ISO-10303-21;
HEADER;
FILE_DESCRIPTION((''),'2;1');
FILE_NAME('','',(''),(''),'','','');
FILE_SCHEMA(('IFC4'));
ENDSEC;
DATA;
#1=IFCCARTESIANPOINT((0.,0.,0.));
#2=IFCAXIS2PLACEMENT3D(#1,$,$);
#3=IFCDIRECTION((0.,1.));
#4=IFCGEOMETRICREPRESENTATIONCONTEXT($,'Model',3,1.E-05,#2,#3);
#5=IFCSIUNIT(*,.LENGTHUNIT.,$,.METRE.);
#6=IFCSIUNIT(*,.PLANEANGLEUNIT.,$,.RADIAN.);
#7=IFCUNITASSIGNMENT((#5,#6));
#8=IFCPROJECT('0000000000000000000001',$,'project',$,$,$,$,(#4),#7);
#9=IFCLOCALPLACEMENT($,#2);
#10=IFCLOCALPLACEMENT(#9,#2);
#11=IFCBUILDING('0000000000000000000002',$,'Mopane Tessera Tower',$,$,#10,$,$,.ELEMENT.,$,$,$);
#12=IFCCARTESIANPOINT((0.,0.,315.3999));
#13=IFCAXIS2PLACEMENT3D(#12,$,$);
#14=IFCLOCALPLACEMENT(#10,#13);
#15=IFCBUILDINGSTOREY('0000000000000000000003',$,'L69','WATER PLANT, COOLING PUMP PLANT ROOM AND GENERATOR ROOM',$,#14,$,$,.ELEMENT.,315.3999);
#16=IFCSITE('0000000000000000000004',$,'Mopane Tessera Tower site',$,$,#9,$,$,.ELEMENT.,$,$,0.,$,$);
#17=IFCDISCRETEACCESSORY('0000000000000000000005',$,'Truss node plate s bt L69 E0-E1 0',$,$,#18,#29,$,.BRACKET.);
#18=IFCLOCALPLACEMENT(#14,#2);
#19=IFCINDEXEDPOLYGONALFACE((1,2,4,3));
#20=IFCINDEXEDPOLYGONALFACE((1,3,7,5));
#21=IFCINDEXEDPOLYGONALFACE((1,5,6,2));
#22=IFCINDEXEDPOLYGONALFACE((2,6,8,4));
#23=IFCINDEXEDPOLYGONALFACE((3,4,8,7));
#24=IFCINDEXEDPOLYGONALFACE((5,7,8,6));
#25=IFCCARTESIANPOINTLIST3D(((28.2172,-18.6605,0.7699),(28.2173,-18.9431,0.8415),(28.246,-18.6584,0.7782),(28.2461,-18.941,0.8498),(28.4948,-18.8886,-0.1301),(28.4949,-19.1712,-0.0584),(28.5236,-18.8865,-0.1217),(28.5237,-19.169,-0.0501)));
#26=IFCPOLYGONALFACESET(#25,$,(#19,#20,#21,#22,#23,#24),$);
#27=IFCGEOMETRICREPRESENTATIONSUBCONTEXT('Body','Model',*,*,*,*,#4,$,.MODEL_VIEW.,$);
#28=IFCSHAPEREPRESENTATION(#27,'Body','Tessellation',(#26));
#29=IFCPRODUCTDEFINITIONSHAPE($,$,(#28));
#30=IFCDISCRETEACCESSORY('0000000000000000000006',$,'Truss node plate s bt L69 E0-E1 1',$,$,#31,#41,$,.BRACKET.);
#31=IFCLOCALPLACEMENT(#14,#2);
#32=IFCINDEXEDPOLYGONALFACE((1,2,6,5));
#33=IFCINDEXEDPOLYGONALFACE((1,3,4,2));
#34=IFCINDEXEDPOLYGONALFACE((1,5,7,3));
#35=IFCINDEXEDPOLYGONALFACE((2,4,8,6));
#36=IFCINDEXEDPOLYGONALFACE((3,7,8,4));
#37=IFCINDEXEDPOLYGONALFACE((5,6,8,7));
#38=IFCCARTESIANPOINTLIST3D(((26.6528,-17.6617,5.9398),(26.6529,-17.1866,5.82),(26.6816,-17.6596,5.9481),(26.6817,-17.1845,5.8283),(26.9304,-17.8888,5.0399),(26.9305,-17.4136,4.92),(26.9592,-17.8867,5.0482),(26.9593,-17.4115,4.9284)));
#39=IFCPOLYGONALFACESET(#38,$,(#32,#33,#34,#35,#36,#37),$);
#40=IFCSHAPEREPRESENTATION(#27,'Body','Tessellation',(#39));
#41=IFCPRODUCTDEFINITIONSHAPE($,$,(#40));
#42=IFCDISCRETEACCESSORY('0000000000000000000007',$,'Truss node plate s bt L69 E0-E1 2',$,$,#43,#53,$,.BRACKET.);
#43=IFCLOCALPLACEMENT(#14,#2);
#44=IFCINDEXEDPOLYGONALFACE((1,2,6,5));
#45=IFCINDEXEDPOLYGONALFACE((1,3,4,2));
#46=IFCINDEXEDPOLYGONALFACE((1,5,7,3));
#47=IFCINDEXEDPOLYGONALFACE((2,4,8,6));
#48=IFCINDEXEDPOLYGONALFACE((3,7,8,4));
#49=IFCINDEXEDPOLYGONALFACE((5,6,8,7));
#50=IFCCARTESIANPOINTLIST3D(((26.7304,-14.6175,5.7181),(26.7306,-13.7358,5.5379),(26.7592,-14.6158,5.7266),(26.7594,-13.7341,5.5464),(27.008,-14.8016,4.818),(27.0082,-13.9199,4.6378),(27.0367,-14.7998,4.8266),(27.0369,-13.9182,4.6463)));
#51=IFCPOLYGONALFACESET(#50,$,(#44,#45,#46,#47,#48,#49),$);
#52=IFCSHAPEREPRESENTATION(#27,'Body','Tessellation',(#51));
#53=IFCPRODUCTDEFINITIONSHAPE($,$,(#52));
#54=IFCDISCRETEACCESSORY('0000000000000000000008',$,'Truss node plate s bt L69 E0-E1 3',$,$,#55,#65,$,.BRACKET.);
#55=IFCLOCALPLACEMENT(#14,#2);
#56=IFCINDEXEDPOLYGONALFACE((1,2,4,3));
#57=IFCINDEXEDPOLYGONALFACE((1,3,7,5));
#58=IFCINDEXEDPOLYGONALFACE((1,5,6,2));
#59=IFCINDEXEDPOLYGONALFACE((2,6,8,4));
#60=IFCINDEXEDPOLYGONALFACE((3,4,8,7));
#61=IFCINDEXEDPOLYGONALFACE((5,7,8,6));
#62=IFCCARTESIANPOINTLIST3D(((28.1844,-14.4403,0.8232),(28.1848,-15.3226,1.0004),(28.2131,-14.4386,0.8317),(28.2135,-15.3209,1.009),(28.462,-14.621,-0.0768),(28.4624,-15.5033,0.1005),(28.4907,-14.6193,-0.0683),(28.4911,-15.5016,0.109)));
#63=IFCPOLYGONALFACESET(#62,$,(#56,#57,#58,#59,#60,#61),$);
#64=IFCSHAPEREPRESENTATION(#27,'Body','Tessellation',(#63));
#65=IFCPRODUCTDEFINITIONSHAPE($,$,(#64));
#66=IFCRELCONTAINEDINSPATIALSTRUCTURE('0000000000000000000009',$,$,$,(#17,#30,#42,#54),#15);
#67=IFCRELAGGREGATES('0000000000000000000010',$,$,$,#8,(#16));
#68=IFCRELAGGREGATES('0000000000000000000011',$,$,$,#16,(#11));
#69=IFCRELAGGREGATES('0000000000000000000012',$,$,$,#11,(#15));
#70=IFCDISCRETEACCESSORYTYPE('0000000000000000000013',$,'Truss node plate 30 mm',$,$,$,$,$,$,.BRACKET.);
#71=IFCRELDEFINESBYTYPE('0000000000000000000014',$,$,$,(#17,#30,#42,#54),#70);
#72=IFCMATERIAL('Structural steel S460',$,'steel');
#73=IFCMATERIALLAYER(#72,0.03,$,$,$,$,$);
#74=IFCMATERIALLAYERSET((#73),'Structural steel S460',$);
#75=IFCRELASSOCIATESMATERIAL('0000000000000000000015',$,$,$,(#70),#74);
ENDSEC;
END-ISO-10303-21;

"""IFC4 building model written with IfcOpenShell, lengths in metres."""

from ifc_helpers import new_model, si_unit, direction, frame, origin, origin_2d, place, context, subcontext, project, spatial, rectangle, extrude, material, layer, layer_set, type_object, element, save


model = new_model("IFC4")

# Units and contexts
model_context = context("Model", 3, precision=1e-05, world=origin(), true_north=direction((0.0, 1.0)))
body_context = subcontext(model_context, "Body", "Model", "MODEL_VIEW")
ifc_project = project(units=[si_unit("LENGTHUNIT", "METRE"), si_unit("PLANEANGLEUNIT", "RADIAN")], contexts=[model_context])

# Site, building, storey
site_placement = place(None, origin())
site = spatial("IfcSite", under=ifc_project, at=site_placement, Name="Mopane Tessera Tower site", CompositionType="ELEMENT", RefElevation=0.0)
building_placement = place(site_placement, origin())
building = spatial("IfcBuilding", under=site, at=building_placement, Name="Mopane Tessera Tower", CompositionType="ELEMENT")
storey_placement = place(building_placement, frame((0.0, 0.0, 315.3999)))
storey = spatial("IfcBuildingStorey", under=building, at=storey_placement, Name="L69", Description="WATER PLANT, COOLING PUMP PLANT ROOM AND GENERATOR ROOM", CompositionType="ELEMENT", Elevation=315.3999)

# Discrete accessories
ifc_material_1 = material(Name="Structural steel S460", Category="steel")
ifc_layer_1 = layer(ifc_material_1, 0.03)
ifc_layer_set_1 = layer_set([ifc_layer_1], Name="Structural steel S460")
discrete_accessory_type_1 = type_object("IfcDiscreteAccessoryType", Name="Truss node plate 30 mm", PredefinedType="BRACKET", material=ifc_layer_set_1)
discrete_accessory_1_placement = place(storey_placement, frame((28.5093, -19.0288, -0.0901), z_axis=(-0.286481, 0.235333, 0.928734), x_axis=(-0.958086, -0.07067, -0.277628)))
element("IfcDiscreteAccessory", 1, at=discrete_accessory_1_placement, inside=storey, type_object=discrete_accessory_type_1, Name="Truss node plate s bt L69 E0-E1 0", PredefinedType="BRACKET", context=body_context, shape_type="SweptSolid", body=[
    extrude(rectangle(XDim=0.03, YDim=0.2915, at=origin_2d()), origin(), (0.0, 0.0, 1.0), 0.969),
])
discrete_accessory_2_placement = place(storey_placement, frame((26.9448, -17.6501, 4.9841), z_axis=(-0.286549, 0.234381, 0.928954), x_axis=(-0.958065, -0.069918, -0.277889)))
element("IfcDiscreteAccessory", 2, at=discrete_accessory_2_placement, inside=storey, type_object=discrete_accessory_type_1, Name="Truss node plate s bt L69 E0-E1 1", PredefinedType="BRACKET", context=body_context, shape_type="SweptSolid", body=[
    extrude(rectangle(XDim=0.03, YDim=0.49, at=origin_2d()), origin(), (0.0, 0.0, 1.0), 0.9688),
])
discrete_accessory_3_placement = place(storey_placement, frame((27.0225, -14.3599, 4.7322), z_axis=(-0.289216, 0.191793, 0.937854), x_axis=(-0.957264, -0.05775, -0.283392)))
element("IfcDiscreteAccessory", 3, at=discrete_accessory_3_placement, inside=storey, type_object=discrete_accessory_type_1, Name="Truss node plate s bt L69 E0-E1 2", PredefinedType="BRACKET", context=body_context, shape_type="SweptSolid", body=[
    extrude(rectangle(XDim=0.03, YDim=0.8999, at=origin_2d()), origin(), (0.0, 0.0, 1.0), 0.9597),
])
discrete_accessory_4_placement = place(storey_placement, frame((28.4766, -15.0613, 0.0161), z_axis=(-0.289481, 0.188405, 0.938459), x_axis=(-0.957184, -0.05747, -0.283719)))
element("IfcDiscreteAccessory", 4, at=discrete_accessory_4_placement, inside=storey, type_object=discrete_accessory_type_1, Name="Truss node plate s bt L69 E0-E1 3", PredefinedType="BRACKET", context=body_context, shape_type="SweptSolid", body=[
    extrude(rectangle(XDim=0.03, YDim=0.8999, at=origin_2d()), origin(), (0.0, 0.0, 1.0), 0.959),
])

save(model, "model.ifc")
